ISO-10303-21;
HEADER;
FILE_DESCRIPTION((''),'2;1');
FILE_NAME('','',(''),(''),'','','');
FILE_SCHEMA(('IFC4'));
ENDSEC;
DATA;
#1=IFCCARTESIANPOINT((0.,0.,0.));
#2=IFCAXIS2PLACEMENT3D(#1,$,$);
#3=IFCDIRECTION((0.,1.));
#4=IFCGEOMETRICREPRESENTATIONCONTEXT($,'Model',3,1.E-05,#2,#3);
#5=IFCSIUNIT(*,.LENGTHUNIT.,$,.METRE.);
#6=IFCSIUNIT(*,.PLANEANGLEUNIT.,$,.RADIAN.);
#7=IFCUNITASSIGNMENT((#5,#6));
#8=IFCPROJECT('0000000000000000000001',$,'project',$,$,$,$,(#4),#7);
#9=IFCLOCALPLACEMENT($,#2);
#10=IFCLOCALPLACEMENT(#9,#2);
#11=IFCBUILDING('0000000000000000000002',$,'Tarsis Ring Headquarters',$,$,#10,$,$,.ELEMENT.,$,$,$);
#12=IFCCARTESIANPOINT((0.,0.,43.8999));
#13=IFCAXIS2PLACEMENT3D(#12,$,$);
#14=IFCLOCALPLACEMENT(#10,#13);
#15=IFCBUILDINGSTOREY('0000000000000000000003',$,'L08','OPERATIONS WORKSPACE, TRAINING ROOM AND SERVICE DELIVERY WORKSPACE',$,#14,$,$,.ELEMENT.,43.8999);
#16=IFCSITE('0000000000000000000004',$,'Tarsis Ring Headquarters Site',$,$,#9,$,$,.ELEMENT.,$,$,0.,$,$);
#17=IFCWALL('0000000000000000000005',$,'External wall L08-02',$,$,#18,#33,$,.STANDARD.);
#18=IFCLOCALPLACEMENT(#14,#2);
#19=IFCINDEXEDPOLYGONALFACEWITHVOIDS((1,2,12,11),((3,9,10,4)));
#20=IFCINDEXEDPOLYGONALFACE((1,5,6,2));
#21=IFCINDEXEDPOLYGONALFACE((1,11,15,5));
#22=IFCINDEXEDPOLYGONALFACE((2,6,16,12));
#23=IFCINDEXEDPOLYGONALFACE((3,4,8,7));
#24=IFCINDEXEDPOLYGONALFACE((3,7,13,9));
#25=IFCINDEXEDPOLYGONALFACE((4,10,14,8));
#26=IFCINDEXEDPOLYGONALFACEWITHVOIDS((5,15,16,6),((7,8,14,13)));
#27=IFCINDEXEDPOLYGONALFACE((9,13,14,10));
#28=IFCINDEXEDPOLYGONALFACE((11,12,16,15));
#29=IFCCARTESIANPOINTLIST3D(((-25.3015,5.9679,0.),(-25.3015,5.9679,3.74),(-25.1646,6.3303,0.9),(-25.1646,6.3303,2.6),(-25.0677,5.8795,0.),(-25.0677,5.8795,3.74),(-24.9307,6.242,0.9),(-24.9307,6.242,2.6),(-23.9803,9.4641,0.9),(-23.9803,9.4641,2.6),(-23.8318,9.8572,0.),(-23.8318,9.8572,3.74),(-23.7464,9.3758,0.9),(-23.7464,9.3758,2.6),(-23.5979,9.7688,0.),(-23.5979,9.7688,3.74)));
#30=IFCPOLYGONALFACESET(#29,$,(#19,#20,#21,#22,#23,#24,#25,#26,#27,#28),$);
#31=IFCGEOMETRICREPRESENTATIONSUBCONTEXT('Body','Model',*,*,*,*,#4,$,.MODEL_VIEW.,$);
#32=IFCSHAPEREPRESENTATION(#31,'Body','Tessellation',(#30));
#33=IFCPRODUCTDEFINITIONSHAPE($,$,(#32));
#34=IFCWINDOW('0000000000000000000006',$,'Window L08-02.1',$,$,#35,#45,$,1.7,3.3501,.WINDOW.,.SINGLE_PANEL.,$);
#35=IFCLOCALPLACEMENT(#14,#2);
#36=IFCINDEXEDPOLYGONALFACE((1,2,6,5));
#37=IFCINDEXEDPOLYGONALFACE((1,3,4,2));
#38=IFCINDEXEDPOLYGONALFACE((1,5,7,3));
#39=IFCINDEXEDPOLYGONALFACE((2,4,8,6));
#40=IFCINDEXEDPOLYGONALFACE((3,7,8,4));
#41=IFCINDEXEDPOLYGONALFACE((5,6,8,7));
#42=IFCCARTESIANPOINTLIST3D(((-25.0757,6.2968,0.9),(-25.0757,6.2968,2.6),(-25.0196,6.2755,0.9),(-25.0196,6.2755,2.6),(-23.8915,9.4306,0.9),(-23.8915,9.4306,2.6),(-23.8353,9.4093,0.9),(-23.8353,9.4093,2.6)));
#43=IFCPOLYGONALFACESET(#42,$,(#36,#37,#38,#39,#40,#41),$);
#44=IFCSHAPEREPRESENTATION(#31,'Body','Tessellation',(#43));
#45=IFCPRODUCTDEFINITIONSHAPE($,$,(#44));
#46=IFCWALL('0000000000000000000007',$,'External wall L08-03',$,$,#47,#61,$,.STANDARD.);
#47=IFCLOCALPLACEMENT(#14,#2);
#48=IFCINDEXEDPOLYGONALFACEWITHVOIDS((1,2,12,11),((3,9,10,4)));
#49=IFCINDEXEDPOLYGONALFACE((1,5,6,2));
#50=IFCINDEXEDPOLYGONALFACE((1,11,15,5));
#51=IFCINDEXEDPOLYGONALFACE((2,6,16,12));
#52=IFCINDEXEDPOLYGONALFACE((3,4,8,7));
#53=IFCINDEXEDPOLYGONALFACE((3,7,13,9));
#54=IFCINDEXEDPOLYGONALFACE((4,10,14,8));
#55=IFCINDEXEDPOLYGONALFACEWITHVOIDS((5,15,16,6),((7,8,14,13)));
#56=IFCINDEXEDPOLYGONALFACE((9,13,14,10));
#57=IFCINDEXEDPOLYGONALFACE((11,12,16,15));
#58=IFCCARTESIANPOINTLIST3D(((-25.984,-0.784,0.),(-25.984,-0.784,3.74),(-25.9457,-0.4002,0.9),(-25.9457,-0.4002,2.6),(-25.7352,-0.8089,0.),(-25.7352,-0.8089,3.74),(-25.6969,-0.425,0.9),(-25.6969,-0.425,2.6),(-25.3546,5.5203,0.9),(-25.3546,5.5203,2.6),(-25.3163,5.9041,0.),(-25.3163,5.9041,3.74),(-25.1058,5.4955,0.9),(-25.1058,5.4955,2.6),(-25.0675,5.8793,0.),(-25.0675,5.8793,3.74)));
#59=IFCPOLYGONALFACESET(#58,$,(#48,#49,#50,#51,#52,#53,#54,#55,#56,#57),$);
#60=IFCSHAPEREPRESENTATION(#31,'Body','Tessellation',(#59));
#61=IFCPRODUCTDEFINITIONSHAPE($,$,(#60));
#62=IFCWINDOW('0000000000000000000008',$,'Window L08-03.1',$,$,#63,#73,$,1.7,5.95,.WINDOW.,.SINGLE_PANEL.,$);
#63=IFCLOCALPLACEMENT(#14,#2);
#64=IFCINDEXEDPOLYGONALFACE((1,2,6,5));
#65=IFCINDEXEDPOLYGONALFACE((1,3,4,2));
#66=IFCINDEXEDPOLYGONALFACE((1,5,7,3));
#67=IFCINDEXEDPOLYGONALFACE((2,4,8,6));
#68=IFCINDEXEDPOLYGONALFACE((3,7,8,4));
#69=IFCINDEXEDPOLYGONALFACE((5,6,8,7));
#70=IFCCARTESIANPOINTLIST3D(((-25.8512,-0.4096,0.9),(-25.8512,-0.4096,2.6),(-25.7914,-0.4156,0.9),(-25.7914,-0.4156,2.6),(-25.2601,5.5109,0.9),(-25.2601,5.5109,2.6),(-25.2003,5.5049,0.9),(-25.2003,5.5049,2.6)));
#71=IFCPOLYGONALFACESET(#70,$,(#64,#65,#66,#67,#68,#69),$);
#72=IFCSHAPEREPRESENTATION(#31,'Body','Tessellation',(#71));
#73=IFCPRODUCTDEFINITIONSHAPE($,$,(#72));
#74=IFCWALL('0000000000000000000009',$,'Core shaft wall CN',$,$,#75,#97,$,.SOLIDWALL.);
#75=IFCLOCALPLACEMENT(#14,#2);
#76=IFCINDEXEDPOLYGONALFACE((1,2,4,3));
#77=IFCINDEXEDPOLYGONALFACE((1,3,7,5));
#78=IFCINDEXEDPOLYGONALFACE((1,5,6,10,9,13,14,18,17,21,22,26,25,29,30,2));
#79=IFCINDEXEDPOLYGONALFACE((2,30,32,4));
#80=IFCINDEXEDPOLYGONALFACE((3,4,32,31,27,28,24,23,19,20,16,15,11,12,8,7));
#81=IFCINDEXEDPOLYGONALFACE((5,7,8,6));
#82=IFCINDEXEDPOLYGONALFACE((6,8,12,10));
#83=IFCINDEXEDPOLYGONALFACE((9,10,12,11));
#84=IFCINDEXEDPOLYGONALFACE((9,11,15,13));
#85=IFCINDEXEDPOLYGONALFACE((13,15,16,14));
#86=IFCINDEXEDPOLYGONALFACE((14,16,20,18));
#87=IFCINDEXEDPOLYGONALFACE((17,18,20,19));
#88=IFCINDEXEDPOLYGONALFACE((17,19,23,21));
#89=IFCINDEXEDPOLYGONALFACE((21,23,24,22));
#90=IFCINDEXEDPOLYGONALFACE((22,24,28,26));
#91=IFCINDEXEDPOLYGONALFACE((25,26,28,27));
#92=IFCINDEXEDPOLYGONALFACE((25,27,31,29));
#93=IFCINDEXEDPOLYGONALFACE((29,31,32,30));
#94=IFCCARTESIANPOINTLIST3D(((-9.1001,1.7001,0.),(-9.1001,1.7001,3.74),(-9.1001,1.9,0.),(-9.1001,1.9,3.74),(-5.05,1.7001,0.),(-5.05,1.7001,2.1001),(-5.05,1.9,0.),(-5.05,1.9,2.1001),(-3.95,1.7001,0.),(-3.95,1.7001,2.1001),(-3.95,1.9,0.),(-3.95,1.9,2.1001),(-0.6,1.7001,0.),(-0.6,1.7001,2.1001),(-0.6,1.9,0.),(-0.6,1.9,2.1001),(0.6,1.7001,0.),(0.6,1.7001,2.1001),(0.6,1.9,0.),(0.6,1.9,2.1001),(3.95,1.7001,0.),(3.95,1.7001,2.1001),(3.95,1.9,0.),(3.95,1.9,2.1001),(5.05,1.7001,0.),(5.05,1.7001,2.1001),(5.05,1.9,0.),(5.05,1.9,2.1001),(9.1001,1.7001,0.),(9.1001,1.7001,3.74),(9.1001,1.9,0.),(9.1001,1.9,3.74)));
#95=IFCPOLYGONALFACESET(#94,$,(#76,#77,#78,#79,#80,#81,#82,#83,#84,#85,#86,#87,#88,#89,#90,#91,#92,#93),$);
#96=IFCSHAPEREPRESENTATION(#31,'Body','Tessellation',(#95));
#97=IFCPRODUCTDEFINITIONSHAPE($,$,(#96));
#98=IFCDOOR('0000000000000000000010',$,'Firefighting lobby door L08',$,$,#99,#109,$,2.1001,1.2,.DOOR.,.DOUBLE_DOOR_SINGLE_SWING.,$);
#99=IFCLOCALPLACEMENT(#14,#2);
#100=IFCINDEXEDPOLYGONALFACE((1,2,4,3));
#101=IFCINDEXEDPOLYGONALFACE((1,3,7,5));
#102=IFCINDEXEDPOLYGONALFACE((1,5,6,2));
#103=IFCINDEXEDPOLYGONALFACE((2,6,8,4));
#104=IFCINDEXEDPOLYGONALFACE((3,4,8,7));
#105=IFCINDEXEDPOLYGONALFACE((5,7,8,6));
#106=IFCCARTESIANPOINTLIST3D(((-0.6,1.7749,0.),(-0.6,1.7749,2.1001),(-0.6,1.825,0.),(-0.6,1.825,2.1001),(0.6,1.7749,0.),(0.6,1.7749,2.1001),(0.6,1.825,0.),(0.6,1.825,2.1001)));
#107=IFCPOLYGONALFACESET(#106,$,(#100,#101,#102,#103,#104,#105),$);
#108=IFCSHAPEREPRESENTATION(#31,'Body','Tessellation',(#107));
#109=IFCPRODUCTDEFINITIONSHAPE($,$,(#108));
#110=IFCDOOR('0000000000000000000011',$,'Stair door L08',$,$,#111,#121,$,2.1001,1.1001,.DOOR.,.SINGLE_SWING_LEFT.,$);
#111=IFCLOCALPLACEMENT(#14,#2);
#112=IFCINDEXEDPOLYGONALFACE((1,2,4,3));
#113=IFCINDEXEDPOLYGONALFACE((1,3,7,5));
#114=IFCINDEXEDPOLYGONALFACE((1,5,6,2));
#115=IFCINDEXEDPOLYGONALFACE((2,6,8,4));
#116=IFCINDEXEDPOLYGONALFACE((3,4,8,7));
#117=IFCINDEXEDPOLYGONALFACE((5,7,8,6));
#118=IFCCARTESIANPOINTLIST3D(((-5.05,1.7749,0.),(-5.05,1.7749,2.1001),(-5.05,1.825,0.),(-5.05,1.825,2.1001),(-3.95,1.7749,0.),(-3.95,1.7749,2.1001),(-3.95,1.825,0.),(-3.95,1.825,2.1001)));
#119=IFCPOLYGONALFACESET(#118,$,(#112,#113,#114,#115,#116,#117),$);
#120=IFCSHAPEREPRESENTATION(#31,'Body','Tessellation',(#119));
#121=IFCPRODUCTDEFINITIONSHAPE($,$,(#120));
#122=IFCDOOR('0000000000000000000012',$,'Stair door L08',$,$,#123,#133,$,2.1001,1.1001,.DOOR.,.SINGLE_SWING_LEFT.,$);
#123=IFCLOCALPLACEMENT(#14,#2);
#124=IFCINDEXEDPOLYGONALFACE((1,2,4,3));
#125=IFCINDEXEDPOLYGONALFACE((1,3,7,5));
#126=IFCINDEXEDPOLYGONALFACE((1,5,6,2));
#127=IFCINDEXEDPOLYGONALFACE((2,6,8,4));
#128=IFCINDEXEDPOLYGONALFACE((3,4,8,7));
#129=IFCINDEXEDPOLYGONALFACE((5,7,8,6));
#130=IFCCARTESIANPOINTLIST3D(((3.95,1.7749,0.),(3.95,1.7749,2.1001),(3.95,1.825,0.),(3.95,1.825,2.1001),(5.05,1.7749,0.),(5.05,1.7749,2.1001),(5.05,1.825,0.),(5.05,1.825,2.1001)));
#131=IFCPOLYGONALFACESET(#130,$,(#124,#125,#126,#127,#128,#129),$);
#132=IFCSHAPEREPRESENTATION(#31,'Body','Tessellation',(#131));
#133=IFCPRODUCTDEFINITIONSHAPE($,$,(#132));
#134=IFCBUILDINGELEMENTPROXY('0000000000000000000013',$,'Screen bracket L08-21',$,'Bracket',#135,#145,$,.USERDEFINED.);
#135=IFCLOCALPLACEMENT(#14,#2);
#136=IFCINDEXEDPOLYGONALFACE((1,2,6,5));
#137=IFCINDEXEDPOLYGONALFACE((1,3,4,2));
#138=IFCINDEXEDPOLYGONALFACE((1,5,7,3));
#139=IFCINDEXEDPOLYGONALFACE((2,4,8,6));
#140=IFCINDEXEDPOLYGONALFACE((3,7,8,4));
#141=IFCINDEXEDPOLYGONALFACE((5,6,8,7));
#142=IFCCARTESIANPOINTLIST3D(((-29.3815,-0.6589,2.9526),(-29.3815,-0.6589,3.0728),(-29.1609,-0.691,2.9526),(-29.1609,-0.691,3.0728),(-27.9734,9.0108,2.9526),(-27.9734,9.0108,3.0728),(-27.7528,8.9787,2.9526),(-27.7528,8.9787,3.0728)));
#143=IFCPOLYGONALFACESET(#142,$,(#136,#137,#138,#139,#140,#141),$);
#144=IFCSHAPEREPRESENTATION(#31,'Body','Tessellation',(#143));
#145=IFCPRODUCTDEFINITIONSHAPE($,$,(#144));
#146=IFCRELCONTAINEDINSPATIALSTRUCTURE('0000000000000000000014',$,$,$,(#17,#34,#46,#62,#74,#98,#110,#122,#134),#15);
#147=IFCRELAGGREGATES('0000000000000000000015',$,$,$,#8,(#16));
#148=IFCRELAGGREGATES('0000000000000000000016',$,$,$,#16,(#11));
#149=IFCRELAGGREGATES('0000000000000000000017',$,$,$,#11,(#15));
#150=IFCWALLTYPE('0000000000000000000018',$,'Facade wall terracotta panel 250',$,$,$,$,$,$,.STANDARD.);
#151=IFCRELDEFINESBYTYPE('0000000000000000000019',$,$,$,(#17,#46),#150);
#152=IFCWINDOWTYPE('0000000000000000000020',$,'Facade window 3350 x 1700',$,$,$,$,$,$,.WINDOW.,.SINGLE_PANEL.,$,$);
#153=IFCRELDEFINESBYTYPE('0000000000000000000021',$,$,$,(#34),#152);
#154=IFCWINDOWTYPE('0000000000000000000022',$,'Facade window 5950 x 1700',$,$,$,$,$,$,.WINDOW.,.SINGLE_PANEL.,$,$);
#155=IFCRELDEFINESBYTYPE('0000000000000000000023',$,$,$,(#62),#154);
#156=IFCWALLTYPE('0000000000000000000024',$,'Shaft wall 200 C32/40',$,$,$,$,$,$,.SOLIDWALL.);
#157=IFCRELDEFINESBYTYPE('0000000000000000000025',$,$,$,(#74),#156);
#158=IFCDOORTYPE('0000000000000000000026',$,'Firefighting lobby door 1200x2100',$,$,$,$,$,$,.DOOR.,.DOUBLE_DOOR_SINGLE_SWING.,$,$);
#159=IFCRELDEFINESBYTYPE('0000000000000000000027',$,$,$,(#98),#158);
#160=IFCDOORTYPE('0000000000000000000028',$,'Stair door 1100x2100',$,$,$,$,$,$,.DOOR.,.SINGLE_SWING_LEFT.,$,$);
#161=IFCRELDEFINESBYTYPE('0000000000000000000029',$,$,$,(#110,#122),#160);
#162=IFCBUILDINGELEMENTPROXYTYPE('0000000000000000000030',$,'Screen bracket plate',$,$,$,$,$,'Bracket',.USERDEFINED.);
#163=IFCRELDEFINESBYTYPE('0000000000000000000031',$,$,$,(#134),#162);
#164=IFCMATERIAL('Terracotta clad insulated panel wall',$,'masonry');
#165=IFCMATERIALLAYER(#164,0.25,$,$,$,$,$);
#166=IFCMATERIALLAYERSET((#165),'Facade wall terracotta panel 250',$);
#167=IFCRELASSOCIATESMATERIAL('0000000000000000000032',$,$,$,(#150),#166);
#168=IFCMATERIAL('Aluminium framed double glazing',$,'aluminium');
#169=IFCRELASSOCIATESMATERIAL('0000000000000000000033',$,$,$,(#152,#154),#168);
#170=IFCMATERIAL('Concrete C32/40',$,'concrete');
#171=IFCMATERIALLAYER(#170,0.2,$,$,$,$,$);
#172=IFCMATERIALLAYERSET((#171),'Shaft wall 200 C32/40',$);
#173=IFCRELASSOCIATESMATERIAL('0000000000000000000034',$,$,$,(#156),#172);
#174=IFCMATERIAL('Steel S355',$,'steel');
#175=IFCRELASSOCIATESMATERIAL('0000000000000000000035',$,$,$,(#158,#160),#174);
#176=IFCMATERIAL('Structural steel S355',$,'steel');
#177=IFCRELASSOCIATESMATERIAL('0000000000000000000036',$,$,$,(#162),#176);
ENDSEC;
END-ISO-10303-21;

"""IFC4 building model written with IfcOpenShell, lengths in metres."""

from ifc_helpers import new_model, si_unit, direction, frame, frame_2d, origin, origin_2d, place, context, subcontext, project, spatial, rectangle, extrude, material, layer, layer_set, type_object, element, fill, save


model = new_model("IFC4")

# Units and contexts
model_context = context("Model", 3, precision=1e-05, world=origin(), true_north=direction((0.0, 1.0)))
body_context = subcontext(model_context, "Body", "Model", "MODEL_VIEW")
ifc_project = project(units=[si_unit("LENGTHUNIT", "METRE"), si_unit("PLANEANGLEUNIT", "RADIAN")], contexts=[model_context])

# Site, building, storey
site_placement = place(None, origin())
site = spatial("IfcSite", under=ifc_project, at=site_placement, Name="Tarsis Ring Headquarters Site", CompositionType="ELEMENT", RefElevation=0.0)
building_placement = place(site_placement, origin())
building = spatial("IfcBuilding", under=site, at=building_placement, Name="Tarsis Ring Headquarters", CompositionType="ELEMENT")
storey_placement = place(building_placement, frame((0.0, 0.0, 43.8999)))
storey = spatial("IfcBuildingStorey", under=building, at=storey_placement, Name="L08", Description="OPERATIONS WORKSPACE, TRAINING ROOM AND SERVICE DELIVERY WORKSPACE", CompositionType="ELEMENT", Elevation=43.8999)

# Shared definitions
ifc_material_1 = material(Name="Structural steel S355", Category="steel")

# Walls, openings, windows
ifc_material_2 = material(Name="Terracotta clad insulated panel wall", Category="masonry")
ifc_layer_1 = layer(ifc_material_2, 0.25)
ifc_layer_set_1 = layer_set([ifc_layer_1], Name="Facade wall terracotta panel 250")
wall_type_1 = type_object("IfcWallType", Name="Facade wall terracotta panel 250", PredefinedType="STANDARD", material=ifc_layer_set_1)
wall_1_placement = place(storey_placement, frame((-23.7148, 9.813, 0.0), z_axis=(0.0, 0.0, 1.0), x_axis=(-0.353503, -0.935433, 0.0)))
wall_1 = element("IfcWall", 1, at=wall_1_placement, inside=storey, type_object=wall_type_1, Name="External wall L08-02", PredefinedType="STANDARD", context=body_context, shape_type="SweptSolid", body=[
    extrude(rectangle(XDim=4.1577, YDim=0.25, at=frame_2d((2.0789, 0.0))), origin(), (0.0, 0.0, 1.0), 3.74),
])
opening_1_placement = place(wall_1_placement, frame((0.4202, 0.0, 0.8999)))
opening_1 = element("IfcOpeningElement", 2, at=opening_1_placement, cuts=wall_1, PredefinedType="OPENING", context=body_context, shape_type="SweptSolid", body=[
    extrude(rectangle(XDim=3.3501, YDim=1.7, at=frame_2d((1.675, 0.8501))), frame((0.0, 0.135, 0.0), z_axis=(0.0, -1.0, 0.0), x_axis=(1.0, 0.0, 0.0)), (0.0, 0.0, 1.0), 0.27),
])
ifc_material_3 = material(Name="Aluminium framed double glazing", Category="aluminium")
window_type_1 = type_object("IfcWindowType", Name="Facade window 3350 x 1700", PartitioningType="SINGLE_PANEL", PredefinedType="WINDOW", material=ifc_material_3)
window_1_placement = place(opening_1_placement, origin())
window_1 = element("IfcWindow", 3, at=window_1_placement, inside=storey, type_object=window_type_1, Name="Window L08-02.1", OverallHeight=1.7, OverallWidth=3.3501, PartitioningType="SINGLE_PANEL", PredefinedType="WINDOW", context=body_context, shape_type="SweptSolid", body=[
    extrude(rectangle(XDim=3.3501, YDim=1.7, at=frame_2d((1.675, 0.8501))), frame((0.0, 0.03, 0.0), z_axis=(0.0, -1.0, 0.0), x_axis=(1.0, 0.0, 0.0)), (0.0, 0.0, 1.0), 0.0601),
])
fill(opening_1, window_1)
wall_2_placement = place(storey_placement, frame((-25.1919, 5.8918, 0.0), z_axis=(0.0, 0.0, 1.0), x_axis=(-0.099342, -0.995053, 0.0)))
wall_2 = element("IfcWall", 4, at=wall_2_placement, inside=storey, type_object=wall_type_1, Name="External wall L08-03", PredefinedType="STANDARD", context=body_context, shape_type="SweptSolid", body=[
    extrude(rectangle(XDim=6.7214, YDim=0.25, at=frame_2d((3.3608, 0.0))), origin(), (0.0, 0.0, 1.0), 3.74),
])
opening_2_placement = place(wall_2_placement, frame((0.3857, 0.0, 0.8999)))
opening_2 = element("IfcOpeningElement", 5, at=opening_2_placement, cuts=wall_2, PredefinedType="OPENING", context=body_context, shape_type="SweptSolid", body=[
    extrude(rectangle(XDim=5.95, YDim=1.7, at=frame_2d((2.9751, 0.8501))), frame((0.0, 0.135, 0.0), z_axis=(0.0, -1.0, 0.0), x_axis=(1.0, 0.0, 0.0)), (0.0, 0.0, 1.0), 0.27),
])
window_type_2 = type_object("IfcWindowType", Name="Facade window 5950 x 1700", PartitioningType="SINGLE_PANEL", PredefinedType="WINDOW", material=ifc_material_3)
window_2_placement = place(opening_2_placement, origin())
window_2 = element("IfcWindow", 6, at=window_2_placement, inside=storey, type_object=window_type_2, Name="Window L08-03.1", OverallHeight=1.7, OverallWidth=5.95, PartitioningType="SINGLE_PANEL", PredefinedType="WINDOW", context=body_context, shape_type="SweptSolid", body=[
    extrude(rectangle(XDim=5.95, YDim=1.7, at=frame_2d((2.9751, 0.8501))), frame((0.0, 0.03, 0.0), z_axis=(0.0, -1.0, 0.0), x_axis=(1.0, 0.0, 0.0)), (0.0, 0.0, 1.0), 0.0601),
])
fill(opening_2, window_2)

# Wall, openings, doors
ifc_material_4 = material(Name="Concrete C32/40", Category="concrete")
ifc_layer_2 = layer(ifc_material_4, 0.2)
ifc_layer_set_2 = layer_set([ifc_layer_2], Name="Shaft wall 200 C32/40")
wall_type_2 = type_object("IfcWallType", Name="Shaft wall 200 C32/40", PredefinedType="SOLIDWALL", material=ifc_layer_set_2)
wall_3_placement = place(storey_placement, frame((-9.1001, 1.8, 0.0), z_axis=(0.0, 0.0, 1.0), x_axis=(1.0, 0.0, 0.0)))
wall_3 = element("IfcWall", 7, at=wall_3_placement, inside=storey, type_object=wall_type_2, Name="Core shaft wall CN", PredefinedType="SOLIDWALL", context=body_context, shape_type="SweptSolid", body=[
    extrude(rectangle(XDim=18.2002, YDim=0.2, at=frame_2d((9.1001, 0.0))), origin(), (0.0, 0.0, 1.0), 3.74),
])
opening_3_placement = place(wall_3_placement, frame((4.05, 0.0, 0.0)))
opening_3 = element("IfcOpeningElement", 8, at=opening_3_placement, cuts=wall_3, PredefinedType="OPENING", context=body_context, shape_type="SweptSolid", body=[
    extrude(rectangle(XDim=1.1001, YDim=2.1001, at=frame_2d((0.55, 1.05))), frame((0.0, 0.1099, 0.0), z_axis=(0.0, -1.0, 0.0), x_axis=(1.0, 0.0, 0.0)), (0.0, 0.0, 1.0), 0.22),
])
opening_4_placement = place(wall_3_placement, frame((8.5, 0.0, 0.0)))
opening_4 = element("IfcOpeningElement", 9, at=opening_4_placement, cuts=wall_3, PredefinedType="OPENING", context=body_context, shape_type="SweptSolid", body=[
    extrude(rectangle(XDim=1.2, YDim=2.1001, at=frame_2d((0.6001, 1.05))), frame((0.0, 0.1099, 0.0), z_axis=(0.0, -1.0, 0.0), x_axis=(1.0, 0.0, 0.0)), (0.0, 0.0, 1.0), 0.22),
])
opening_5_placement = place(wall_3_placement, frame((13.05, 0.0, 0.0)))
opening_5 = element("IfcOpeningElement", 10, at=opening_5_placement, cuts=wall_3, PredefinedType="OPENING", context=body_context, shape_type="SweptSolid", body=[
    extrude(rectangle(XDim=1.1001, YDim=2.1001, at=frame_2d((0.55, 1.05))), frame((0.0, 0.1099, 0.0), z_axis=(0.0, -1.0, 0.0), x_axis=(1.0, 0.0, 0.0)), (0.0, 0.0, 1.0), 0.22),
])
ifc_material_5 = material(Name="Steel S355", Category="steel")
door_type_1 = type_object("IfcDoorType", Name="Firefighting lobby door 1200x2100", OperationType="DOUBLE_DOOR_SINGLE_SWING", PredefinedType="DOOR", material=ifc_material_5)
door_1_placement = place(opening_4_placement, origin())
door_1 = element("IfcDoor", 11, at=door_1_placement, inside=storey, type_object=door_type_1, Name="Firefighting lobby door L08", OperationType="DOUBLE_DOOR_SINGLE_SWING", OverallHeight=2.1001, OverallWidth=1.2, PredefinedType="DOOR", context=body_context, shape_type="SweptSolid", body=[
    extrude(rectangle(XDim=1.2, YDim=2.1001, at=frame_2d((0.6001, 1.05))), frame((0.0, 0.0249, 0.0), z_axis=(0.0, -1.0, 0.0), x_axis=(1.0, 0.0, 0.0)), (0.0, 0.0, 1.0), 0.05),
])
fill(opening_4, door_1)
door_type_2 = type_object("IfcDoorType", Name="Stair door 1100x2100", OperationType="SINGLE_SWING_LEFT", PredefinedType="DOOR", material=ifc_material_5)
door_2_placement = place(opening_3_placement, origin())
door_2 = element("IfcDoor", 12, at=door_2_placement, inside=storey, type_object=door_type_2, Name="Stair door L08", OperationType="SINGLE_SWING_LEFT", OverallHeight=2.1001, OverallWidth=1.1001, PredefinedType="DOOR", context=body_context, shape_type="SweptSolid", body=[
    extrude(rectangle(XDim=1.1001, YDim=2.1001, at=frame_2d((0.55, 1.05))), frame((0.0, 0.0249, 0.0), z_axis=(0.0, -1.0, 0.0), x_axis=(1.0, 0.0, 0.0)), (0.0, 0.0, 1.0), 0.05),
])
fill(opening_3, door_2)
door_3_placement = place(opening_5_placement, origin())
door_3 = element("IfcDoor", 13, at=door_3_placement, inside=storey, type_object=door_type_2, Name="Stair door L08", OperationType="SINGLE_SWING_LEFT", OverallHeight=2.1001, OverallWidth=1.1001, PredefinedType="DOOR", context=body_context, shape_type="SweptSolid", body=[
    extrude(rectangle(XDim=1.1001, YDim=2.1001, at=frame_2d((0.55, 1.05))), frame((0.0, 0.0249, 0.0), z_axis=(0.0, -1.0, 0.0), x_axis=(1.0, 0.0, 0.0)), (0.0, 0.0, 1.0), 0.05),
])
fill(opening_5, door_3)

# Building element proxy
building_element_proxy_type = type_object("IfcBuildingElementProxyType", Name="Screen bracket plate", ElementType="Bracket", PredefinedType="USERDEFINED", material=ifc_material_1)
proxy_placement = place(storey_placement, frame((-28.5671, 4.1599, 2.9526), z_axis=(0.0, 0.0, 1.0), x_axis=(-0.144097, -0.989564, 0.0)))
element("IfcBuildingElementProxy", 14, at=proxy_placement, inside=storey, type_object=building_element_proxy_type, Name="Screen bracket L08-21", ObjectType="Bracket", PredefinedType="USERDEFINED", context=body_context, shape_type="SweptSolid", body=[
    extrude(rectangle(XDim=9.7717, YDim=0.2229, at=origin_2d()), origin(), (0.0, 0.0, 1.0), 0.1201),
])

save(model, "model.ifc")
